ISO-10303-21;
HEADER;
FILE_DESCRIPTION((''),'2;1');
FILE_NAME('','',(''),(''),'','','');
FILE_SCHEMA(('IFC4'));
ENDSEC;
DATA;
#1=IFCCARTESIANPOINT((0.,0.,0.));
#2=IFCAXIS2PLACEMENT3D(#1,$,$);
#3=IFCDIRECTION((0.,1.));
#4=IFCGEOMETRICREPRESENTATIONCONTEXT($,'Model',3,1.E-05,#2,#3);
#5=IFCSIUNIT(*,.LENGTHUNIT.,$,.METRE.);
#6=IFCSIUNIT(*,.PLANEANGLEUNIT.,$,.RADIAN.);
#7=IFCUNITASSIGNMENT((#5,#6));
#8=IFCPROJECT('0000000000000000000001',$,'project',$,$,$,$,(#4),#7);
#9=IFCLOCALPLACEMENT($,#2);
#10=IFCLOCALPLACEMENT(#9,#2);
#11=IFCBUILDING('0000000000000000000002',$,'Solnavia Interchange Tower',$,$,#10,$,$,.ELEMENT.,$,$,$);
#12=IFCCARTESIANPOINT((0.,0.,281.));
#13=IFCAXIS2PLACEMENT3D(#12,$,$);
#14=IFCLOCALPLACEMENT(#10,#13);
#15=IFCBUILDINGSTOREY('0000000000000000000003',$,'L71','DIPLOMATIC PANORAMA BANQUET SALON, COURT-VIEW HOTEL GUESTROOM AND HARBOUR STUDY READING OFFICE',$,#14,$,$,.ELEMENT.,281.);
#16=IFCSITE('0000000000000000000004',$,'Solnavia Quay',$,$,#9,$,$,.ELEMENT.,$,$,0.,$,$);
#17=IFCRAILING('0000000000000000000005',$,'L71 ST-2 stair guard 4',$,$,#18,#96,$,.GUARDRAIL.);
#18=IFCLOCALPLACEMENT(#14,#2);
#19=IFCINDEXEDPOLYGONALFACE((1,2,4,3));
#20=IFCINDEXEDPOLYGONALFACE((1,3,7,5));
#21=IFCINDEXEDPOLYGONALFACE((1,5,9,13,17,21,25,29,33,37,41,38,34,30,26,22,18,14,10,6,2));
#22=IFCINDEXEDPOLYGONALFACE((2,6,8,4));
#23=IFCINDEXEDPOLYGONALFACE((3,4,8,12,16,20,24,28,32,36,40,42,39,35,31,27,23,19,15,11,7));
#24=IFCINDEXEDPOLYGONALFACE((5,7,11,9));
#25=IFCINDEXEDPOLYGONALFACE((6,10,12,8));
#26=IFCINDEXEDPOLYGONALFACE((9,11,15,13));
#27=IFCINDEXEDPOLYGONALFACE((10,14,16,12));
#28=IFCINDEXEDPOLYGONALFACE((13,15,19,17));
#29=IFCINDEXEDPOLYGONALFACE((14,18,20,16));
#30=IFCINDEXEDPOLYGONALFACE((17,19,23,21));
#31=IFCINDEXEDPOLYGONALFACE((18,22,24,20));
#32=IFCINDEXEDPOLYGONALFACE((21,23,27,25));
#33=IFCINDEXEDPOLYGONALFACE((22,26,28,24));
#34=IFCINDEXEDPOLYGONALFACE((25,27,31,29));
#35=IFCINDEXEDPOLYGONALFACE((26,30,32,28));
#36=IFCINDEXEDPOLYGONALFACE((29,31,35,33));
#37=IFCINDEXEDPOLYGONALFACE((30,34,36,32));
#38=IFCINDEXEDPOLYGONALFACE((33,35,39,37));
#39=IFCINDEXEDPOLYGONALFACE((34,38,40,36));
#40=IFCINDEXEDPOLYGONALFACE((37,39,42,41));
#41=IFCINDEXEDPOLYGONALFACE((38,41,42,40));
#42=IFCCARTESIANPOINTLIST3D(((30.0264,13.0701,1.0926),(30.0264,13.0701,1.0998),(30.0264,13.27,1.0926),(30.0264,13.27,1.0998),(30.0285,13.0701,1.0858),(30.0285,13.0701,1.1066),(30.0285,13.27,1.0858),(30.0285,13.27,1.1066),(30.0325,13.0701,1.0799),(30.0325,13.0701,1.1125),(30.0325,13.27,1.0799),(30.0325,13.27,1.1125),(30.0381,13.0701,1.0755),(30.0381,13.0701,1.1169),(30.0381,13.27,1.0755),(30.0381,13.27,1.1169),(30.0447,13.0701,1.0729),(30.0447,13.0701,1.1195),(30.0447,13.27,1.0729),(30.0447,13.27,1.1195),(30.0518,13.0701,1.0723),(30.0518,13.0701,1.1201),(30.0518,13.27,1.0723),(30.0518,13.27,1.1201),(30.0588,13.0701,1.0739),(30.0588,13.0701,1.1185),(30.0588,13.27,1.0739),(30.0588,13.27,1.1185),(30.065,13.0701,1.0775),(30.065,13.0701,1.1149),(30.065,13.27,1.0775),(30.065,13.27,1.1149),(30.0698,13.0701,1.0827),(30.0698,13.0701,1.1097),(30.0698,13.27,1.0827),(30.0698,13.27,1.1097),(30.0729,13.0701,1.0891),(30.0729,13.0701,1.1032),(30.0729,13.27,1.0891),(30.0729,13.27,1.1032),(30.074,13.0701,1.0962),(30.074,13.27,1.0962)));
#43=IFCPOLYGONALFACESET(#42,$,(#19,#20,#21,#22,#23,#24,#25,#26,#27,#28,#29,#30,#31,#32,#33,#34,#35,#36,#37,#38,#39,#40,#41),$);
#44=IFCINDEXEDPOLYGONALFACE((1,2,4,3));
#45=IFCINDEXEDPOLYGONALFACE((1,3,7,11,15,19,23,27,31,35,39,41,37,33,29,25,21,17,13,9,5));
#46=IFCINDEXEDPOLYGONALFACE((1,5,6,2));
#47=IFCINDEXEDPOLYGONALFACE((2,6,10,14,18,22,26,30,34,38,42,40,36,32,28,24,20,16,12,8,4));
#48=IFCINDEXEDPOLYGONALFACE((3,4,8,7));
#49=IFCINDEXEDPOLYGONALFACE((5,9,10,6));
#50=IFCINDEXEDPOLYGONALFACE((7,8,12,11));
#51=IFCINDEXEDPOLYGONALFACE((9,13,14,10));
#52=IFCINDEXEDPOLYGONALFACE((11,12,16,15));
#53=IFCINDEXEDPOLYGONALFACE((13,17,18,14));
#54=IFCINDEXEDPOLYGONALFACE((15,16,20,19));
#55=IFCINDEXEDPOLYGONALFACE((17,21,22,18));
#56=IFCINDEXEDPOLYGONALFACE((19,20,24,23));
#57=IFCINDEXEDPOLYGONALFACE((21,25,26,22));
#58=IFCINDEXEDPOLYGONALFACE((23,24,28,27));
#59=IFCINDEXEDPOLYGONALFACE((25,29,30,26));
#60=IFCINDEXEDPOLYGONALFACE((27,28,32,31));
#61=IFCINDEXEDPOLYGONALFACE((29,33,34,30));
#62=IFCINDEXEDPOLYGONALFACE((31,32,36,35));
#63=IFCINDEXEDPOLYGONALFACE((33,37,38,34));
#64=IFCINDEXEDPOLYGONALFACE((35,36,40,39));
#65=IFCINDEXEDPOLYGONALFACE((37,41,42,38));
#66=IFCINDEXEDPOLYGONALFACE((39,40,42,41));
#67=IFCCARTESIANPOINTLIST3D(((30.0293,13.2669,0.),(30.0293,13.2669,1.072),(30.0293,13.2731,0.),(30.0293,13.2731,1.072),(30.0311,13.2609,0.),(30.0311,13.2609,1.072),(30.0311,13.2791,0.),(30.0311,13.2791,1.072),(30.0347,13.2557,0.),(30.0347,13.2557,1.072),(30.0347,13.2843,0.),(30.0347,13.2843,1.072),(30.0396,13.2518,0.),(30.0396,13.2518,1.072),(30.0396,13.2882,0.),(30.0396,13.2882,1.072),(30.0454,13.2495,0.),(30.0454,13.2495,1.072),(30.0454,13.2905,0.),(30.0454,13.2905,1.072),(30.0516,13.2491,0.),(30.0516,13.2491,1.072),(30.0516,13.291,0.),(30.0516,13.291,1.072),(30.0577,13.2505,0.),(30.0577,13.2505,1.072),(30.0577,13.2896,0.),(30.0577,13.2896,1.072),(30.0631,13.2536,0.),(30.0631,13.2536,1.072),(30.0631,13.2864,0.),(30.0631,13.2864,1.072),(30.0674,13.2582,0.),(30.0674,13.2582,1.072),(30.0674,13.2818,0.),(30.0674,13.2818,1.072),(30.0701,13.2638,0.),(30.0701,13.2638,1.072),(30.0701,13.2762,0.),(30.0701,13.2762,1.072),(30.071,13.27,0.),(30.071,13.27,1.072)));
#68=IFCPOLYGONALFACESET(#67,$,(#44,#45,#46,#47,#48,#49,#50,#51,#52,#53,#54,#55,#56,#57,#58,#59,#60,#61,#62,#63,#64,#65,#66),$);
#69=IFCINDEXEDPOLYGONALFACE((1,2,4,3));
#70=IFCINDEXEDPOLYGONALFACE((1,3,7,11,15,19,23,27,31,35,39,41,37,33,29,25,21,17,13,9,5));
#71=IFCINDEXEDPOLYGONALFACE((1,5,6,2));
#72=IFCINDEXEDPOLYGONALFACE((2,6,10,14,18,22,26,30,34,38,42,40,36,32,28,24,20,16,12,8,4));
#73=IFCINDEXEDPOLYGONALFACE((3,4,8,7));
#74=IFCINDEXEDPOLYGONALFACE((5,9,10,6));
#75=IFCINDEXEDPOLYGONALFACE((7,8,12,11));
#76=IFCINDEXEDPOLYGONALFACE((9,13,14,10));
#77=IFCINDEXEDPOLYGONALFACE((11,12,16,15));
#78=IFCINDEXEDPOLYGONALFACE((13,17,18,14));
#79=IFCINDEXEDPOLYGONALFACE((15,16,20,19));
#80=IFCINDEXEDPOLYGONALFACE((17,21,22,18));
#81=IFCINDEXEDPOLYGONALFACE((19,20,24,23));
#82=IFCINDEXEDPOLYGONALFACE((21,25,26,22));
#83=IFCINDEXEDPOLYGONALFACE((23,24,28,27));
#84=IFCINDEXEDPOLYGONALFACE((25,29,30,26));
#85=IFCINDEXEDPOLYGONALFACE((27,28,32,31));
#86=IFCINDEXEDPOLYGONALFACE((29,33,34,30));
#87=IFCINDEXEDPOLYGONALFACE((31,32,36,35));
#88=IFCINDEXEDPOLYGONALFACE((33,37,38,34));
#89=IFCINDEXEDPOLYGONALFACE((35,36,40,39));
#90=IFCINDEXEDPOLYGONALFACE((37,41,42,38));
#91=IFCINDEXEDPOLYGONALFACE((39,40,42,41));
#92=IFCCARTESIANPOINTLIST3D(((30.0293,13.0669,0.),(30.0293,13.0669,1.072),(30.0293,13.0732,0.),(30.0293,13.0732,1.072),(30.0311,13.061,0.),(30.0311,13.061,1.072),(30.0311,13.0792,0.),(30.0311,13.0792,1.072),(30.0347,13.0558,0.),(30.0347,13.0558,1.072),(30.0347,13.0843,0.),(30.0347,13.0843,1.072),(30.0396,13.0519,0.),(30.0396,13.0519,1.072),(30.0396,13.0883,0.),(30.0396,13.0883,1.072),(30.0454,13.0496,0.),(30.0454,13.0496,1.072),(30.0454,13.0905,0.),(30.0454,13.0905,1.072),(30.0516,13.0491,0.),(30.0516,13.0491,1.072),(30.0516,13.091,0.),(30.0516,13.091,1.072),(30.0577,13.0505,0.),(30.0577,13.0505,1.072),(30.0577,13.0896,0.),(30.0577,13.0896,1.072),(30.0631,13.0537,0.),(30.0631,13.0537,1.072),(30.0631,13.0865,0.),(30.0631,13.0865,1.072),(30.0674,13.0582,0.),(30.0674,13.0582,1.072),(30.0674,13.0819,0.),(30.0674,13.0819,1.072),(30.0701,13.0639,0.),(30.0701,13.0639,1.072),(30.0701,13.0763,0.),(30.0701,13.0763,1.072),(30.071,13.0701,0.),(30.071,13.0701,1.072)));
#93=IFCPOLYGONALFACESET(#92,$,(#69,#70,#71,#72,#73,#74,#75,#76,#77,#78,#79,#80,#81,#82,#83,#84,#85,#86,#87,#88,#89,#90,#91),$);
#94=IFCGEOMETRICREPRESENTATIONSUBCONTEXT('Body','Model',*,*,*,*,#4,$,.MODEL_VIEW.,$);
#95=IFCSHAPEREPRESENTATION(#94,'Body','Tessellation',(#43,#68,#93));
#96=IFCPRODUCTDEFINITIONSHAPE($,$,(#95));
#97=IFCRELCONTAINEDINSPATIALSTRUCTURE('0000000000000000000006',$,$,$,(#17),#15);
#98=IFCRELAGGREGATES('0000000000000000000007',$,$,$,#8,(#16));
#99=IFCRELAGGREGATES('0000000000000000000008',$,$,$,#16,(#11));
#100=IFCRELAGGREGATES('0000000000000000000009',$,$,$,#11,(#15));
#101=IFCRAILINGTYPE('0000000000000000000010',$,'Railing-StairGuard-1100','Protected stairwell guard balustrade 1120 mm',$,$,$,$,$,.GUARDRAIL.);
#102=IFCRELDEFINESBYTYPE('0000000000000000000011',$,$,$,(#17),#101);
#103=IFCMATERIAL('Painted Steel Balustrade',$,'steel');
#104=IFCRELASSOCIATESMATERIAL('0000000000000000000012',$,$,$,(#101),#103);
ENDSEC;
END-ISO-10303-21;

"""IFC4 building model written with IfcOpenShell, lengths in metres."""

from ifc_helpers import new_model, si_unit, direction, frame, origin, origin_2d, place, context, subcontext, project, spatial, circle, extrude, material, type_object, element, save


model = new_model("IFC4")

# Units and contexts
model_context = context("Model", 3, precision=1e-05, world=origin(), true_north=direction((0.0, 1.0)))
body_context = subcontext(model_context, "Body", "Model", "MODEL_VIEW")
ifc_project = project(units=[si_unit("LENGTHUNIT", "METRE"), si_unit("PLANEANGLEUNIT", "RADIAN")], contexts=[model_context])

# Site, building, storey
site_placement = place(None, origin())
site = spatial("IfcSite", under=ifc_project, at=site_placement, Name="Solnavia Quay", CompositionType="ELEMENT", RefElevation=0.0)
building_placement = place(site_placement, origin())
building = spatial("IfcBuilding", under=site, at=building_placement, Name="Solnavia Interchange Tower", CompositionType="ELEMENT")
storey_placement = place(building_placement, frame((0.0, 0.0, 281.0)))
storey = spatial("IfcBuildingStorey", under=building, at=storey_placement, Name="L71", Description="DIPLOMATIC PANORAMA BANQUET SALON, COURT-VIEW HOTEL GUESTROOM AND HARBOUR STUDY READING OFFICE", CompositionType="ELEMENT", Elevation=281.0)

# Railing
ifc_material_1 = material(Name="Painted Steel Balustrade", Category="steel")
railing_type_1 = type_object("IfcRailingType", Name="Railing-StairGuard-1100", Description="Protected stairwell guard balustrade 1120 mm", PredefinedType="GUARDRAIL", material=ifc_material_1)
railing_1_placement = place(storey_placement, frame((30.05, 13.27, 0.0)))
element("IfcRailing", 1, at=railing_1_placement, inside=storey, type_object=railing_type_1, Name="L71 ST-2 stair guard 4", PredefinedType="GUARDRAIL", context=body_context, shape_type="SweptSolid", body=[
    extrude(circle(Radius=0.0239, at=origin_2d()), frame((0.0, 0.0, 1.0962), z_axis=(0.0, -1.0, 0.0), x_axis=(1.0, 0.0, 0.0)), (0.0, 0.0, 1.0), 0.2),
    extrude(circle(Radius=0.021, at=origin_2d()), origin(), (0.0, 0.0, 1.0), 1.072),
    extrude(circle(Radius=0.021, at=origin_2d()), frame((0.0, -0.2, 0.0)), (0.0, 0.0, 1.0), 1.072),
])

save(model, "model.ifc")
